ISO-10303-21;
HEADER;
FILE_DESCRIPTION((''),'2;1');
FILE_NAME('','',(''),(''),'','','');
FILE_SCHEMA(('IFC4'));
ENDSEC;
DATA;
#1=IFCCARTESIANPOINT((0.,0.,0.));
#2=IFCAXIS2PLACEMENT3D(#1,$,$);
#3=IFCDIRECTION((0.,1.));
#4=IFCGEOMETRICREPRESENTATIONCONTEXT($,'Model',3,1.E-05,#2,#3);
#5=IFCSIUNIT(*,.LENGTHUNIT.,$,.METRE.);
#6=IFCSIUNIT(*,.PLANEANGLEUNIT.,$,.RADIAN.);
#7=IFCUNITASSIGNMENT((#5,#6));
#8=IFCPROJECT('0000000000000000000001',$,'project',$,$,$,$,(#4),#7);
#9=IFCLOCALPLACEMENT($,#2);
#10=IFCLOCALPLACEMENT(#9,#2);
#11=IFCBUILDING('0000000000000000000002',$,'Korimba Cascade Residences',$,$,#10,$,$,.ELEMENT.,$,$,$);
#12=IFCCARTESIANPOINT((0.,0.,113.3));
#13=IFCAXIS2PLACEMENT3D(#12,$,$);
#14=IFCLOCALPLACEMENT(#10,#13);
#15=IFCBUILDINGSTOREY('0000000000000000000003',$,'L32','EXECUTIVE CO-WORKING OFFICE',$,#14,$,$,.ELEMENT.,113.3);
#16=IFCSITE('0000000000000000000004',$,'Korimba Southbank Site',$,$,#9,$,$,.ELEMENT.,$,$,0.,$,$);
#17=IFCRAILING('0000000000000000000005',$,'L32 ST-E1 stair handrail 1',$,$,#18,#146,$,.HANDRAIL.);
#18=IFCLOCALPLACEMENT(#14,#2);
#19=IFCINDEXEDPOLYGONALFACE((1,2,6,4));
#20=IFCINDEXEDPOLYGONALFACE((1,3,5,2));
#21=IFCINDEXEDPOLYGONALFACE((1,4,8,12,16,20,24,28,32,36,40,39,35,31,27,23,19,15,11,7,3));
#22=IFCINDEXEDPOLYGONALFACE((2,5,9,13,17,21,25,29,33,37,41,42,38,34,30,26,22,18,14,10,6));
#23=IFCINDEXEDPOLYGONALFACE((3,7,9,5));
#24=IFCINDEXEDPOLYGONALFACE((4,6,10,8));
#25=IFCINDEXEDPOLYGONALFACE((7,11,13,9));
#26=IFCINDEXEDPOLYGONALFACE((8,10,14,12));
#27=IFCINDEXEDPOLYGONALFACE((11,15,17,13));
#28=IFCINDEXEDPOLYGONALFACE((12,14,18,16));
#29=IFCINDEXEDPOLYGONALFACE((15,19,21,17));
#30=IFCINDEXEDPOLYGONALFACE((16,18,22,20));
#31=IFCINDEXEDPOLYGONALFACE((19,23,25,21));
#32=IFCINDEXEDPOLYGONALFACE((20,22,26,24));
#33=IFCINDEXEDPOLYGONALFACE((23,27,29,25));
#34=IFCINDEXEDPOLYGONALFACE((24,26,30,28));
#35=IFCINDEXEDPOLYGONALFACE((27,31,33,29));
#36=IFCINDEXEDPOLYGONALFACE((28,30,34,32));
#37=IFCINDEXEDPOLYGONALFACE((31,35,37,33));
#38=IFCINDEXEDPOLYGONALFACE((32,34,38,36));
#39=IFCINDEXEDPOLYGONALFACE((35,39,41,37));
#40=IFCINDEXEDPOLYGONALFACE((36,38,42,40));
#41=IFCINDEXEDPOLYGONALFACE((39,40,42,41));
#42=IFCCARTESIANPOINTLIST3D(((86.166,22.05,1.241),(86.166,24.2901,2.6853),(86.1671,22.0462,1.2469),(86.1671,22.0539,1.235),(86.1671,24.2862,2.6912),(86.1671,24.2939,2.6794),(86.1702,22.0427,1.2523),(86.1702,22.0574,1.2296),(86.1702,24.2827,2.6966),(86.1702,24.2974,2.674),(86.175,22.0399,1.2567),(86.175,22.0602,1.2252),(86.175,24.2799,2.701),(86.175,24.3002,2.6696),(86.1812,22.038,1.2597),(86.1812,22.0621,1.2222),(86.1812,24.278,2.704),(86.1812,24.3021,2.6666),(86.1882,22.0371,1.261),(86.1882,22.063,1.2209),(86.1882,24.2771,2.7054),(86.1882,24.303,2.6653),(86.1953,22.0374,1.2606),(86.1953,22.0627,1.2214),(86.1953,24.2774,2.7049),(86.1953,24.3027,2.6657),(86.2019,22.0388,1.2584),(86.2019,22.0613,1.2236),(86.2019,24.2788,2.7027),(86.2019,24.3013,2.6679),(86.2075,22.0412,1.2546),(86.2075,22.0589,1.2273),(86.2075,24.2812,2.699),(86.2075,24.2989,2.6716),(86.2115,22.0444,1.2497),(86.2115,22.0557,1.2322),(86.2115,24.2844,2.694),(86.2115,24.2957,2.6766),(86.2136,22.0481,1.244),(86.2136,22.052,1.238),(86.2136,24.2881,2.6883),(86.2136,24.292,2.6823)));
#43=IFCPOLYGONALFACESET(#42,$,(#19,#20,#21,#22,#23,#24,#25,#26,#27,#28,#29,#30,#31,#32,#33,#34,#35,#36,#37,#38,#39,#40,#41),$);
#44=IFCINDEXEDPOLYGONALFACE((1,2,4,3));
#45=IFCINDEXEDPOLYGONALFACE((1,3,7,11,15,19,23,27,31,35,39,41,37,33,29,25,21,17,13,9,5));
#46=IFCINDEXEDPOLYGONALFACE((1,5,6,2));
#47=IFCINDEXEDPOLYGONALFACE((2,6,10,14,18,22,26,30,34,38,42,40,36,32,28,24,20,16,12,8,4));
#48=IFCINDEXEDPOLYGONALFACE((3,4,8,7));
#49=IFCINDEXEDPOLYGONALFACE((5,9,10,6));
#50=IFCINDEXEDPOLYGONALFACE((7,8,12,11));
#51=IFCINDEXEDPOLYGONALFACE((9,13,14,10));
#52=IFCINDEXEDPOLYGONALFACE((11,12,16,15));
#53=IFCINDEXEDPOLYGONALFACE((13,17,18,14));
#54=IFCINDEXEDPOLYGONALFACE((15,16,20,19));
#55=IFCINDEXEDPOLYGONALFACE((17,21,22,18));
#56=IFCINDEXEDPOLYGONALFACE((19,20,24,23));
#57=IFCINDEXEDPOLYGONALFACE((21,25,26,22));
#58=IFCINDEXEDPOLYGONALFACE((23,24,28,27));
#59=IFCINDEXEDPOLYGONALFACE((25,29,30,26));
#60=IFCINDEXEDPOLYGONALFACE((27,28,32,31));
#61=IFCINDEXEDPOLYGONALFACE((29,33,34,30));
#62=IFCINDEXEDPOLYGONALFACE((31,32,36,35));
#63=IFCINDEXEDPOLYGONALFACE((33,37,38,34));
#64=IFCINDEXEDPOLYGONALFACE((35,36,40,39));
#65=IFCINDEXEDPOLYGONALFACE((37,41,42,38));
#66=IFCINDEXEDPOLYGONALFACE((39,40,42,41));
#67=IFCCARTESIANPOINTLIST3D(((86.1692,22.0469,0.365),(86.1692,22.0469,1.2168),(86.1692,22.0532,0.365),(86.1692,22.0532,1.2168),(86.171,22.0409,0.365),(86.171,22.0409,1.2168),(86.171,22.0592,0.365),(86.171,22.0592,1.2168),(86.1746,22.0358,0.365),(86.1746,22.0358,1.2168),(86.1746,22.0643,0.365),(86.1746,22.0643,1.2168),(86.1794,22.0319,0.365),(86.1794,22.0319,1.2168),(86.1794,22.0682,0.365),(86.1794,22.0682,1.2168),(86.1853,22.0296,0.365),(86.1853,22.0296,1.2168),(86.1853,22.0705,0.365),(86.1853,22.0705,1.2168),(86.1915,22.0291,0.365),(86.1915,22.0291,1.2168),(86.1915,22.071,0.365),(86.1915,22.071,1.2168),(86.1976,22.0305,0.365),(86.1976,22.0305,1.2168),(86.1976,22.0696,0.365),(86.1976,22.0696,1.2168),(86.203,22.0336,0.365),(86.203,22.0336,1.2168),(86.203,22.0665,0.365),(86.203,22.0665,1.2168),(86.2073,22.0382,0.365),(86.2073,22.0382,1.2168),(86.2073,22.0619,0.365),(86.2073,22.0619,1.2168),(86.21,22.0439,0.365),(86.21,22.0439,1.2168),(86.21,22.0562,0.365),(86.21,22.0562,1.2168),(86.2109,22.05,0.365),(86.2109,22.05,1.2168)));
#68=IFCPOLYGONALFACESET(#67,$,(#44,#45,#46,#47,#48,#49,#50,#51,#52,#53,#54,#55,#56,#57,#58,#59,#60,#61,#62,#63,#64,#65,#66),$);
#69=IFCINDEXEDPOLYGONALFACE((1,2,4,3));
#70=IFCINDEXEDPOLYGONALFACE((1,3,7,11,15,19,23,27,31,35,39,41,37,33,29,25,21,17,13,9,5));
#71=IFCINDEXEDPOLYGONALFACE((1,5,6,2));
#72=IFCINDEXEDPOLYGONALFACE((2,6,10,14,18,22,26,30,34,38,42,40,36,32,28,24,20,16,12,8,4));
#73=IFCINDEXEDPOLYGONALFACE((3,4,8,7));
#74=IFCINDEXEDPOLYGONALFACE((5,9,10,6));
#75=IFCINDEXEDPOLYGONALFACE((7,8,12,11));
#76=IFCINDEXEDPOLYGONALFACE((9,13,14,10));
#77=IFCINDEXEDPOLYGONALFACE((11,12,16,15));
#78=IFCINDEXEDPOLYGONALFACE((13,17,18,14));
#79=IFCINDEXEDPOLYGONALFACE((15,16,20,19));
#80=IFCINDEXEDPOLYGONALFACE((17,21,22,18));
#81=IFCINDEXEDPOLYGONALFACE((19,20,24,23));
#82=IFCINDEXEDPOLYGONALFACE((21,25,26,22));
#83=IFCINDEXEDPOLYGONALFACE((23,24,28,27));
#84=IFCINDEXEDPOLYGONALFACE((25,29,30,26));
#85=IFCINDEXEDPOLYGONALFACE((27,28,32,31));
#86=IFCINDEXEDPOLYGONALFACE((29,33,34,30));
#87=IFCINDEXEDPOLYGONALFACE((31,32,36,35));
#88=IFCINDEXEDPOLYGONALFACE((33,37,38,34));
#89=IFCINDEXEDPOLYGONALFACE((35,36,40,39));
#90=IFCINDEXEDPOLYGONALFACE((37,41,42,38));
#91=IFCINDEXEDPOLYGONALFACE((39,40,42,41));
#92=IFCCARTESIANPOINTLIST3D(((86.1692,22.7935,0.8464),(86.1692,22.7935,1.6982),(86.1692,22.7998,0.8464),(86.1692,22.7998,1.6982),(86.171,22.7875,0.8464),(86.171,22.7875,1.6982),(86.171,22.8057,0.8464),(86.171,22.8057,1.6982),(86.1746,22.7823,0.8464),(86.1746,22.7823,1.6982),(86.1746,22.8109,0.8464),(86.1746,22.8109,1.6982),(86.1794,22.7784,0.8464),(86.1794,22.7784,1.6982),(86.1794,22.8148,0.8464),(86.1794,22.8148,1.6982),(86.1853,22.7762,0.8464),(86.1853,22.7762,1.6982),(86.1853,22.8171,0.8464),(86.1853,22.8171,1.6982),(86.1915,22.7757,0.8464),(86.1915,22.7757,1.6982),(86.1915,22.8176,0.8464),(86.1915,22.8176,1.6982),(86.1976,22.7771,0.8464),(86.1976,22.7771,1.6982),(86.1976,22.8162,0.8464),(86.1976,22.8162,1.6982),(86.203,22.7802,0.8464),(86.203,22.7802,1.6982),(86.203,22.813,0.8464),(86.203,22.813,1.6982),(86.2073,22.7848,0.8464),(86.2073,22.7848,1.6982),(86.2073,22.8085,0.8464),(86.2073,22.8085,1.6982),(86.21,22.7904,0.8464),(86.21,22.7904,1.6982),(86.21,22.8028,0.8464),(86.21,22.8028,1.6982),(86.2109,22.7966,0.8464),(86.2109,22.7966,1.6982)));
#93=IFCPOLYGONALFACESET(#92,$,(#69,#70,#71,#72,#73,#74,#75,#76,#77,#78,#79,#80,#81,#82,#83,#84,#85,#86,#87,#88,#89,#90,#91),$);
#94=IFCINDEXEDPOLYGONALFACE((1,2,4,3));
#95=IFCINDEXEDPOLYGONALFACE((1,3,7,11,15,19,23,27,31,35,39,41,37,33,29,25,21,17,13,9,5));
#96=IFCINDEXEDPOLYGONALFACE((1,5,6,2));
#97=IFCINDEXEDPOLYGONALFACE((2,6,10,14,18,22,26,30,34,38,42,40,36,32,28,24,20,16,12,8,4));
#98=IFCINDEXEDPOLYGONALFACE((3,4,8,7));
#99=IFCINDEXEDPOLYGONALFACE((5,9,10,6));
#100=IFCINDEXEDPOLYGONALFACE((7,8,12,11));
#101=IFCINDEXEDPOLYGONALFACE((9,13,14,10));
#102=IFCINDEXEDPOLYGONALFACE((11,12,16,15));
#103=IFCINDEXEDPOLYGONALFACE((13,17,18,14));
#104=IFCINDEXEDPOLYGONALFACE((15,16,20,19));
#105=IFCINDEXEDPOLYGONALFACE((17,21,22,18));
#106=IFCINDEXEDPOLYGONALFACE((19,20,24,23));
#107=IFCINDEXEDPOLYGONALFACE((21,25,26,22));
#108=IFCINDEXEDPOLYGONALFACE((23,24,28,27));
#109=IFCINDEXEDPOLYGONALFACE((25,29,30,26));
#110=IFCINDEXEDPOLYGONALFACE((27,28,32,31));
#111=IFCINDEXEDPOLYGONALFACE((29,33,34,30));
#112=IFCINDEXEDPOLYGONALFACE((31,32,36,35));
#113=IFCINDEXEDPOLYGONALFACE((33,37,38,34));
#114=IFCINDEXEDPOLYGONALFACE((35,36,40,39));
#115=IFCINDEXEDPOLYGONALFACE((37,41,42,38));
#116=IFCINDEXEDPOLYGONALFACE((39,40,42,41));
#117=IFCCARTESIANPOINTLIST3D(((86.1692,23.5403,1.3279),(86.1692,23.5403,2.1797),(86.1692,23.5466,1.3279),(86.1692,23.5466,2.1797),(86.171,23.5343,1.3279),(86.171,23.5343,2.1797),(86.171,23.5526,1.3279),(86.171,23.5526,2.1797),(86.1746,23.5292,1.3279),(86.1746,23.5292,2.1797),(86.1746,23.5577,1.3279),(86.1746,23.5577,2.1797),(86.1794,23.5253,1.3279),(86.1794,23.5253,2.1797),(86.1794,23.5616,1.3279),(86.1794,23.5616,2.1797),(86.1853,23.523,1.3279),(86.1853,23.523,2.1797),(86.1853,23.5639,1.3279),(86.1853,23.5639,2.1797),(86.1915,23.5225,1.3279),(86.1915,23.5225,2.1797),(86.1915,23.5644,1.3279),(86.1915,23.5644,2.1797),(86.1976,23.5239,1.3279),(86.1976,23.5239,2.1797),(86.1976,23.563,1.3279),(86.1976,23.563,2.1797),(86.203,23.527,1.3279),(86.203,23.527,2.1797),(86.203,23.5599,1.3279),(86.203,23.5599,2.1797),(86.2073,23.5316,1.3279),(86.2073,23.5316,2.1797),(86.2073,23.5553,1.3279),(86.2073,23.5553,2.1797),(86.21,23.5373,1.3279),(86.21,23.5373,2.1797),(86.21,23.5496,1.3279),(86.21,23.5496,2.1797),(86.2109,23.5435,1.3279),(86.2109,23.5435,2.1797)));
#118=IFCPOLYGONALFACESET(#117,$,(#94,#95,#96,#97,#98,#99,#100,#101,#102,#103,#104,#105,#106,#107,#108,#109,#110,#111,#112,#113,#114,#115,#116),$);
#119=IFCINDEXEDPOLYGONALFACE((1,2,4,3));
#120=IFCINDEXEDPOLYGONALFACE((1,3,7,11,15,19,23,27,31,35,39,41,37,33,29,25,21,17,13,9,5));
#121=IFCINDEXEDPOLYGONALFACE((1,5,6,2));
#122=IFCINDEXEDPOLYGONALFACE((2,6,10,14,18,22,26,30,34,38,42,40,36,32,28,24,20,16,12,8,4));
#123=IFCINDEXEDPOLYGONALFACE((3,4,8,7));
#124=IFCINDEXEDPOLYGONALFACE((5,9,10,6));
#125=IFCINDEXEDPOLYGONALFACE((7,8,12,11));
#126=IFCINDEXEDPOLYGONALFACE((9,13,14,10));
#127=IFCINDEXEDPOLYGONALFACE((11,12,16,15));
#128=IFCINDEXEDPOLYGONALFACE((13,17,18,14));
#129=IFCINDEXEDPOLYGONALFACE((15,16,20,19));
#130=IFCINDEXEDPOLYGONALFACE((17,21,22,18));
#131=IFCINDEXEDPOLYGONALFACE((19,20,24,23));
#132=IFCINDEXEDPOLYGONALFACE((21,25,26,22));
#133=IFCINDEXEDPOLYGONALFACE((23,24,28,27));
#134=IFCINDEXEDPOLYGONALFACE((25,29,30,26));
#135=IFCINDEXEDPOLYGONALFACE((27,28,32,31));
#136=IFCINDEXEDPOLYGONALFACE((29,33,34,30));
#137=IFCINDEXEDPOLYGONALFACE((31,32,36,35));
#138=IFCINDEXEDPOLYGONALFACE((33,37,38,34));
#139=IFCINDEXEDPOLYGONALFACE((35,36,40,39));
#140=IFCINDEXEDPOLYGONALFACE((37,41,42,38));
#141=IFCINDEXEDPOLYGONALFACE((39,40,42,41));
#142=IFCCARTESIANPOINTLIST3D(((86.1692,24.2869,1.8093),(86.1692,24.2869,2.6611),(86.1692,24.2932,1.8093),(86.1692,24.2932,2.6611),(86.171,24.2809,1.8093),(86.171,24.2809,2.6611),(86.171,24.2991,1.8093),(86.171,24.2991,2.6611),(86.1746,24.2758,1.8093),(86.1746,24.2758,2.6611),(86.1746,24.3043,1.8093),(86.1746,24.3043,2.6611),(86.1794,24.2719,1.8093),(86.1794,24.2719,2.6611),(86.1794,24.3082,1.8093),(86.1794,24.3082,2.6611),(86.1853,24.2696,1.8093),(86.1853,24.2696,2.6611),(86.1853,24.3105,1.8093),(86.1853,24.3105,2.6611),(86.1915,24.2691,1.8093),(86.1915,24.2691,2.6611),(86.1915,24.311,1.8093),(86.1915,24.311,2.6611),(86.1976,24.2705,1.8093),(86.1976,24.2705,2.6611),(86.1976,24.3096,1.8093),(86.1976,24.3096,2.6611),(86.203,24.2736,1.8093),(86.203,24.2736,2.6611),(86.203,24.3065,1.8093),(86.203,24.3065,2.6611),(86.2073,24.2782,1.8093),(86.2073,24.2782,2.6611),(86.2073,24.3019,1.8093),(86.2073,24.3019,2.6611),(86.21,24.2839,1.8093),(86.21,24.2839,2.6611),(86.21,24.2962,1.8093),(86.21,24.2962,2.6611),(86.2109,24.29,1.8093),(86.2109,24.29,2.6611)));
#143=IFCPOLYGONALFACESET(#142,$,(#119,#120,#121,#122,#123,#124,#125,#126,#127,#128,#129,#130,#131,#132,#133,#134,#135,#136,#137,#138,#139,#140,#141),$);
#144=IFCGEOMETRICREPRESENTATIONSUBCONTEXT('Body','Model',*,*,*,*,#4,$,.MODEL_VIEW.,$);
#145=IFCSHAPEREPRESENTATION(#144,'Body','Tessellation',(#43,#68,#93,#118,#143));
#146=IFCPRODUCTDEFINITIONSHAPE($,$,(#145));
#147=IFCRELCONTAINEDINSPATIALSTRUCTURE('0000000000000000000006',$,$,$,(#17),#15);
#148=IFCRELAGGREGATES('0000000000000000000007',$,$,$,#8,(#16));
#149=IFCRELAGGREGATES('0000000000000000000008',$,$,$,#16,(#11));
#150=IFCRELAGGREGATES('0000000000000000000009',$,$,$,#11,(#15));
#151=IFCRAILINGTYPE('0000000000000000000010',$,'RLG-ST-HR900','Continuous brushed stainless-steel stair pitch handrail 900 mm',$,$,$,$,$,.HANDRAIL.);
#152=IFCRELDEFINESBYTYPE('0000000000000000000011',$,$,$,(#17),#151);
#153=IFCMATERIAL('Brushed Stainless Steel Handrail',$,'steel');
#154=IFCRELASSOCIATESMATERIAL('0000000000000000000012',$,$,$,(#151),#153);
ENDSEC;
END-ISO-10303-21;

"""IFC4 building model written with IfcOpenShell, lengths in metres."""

from ifc_helpers import new_model, si_unit, direction, frame, origin, origin_2d, place, context, subcontext, project, spatial, circle, extrude, material, type_object, element, save


model = new_model("IFC4")

# Units and contexts
model_context = context("Model", 3, precision=1e-05, world=origin(), true_north=direction((0.0, 1.0)))
body_context = subcontext(model_context, "Body", "Model", "MODEL_VIEW")
ifc_project = project(units=[si_unit("LENGTHUNIT", "METRE"), si_unit("PLANEANGLEUNIT", "RADIAN")], contexts=[model_context])

# Site, building, storey
site_placement = place(None, origin())
site = spatial("IfcSite", under=ifc_project, at=site_placement, Name="Korimba Southbank Site", CompositionType="ELEMENT", RefElevation=0.0)
building_placement = place(site_placement, origin())
building = spatial("IfcBuilding", under=site, at=building_placement, Name="Korimba Cascade Residences", CompositionType="ELEMENT")
storey_placement = place(building_placement, frame((0.0, 0.0, 113.3)))
storey = spatial("IfcBuildingStorey", under=building, at=storey_placement, Name="L32", Description="EXECUTIVE CO-WORKING OFFICE", CompositionType="ELEMENT", Elevation=113.3)

# Railing
ifc_material_1 = material(Name="Brushed Stainless Steel Handrail", Category="steel")
railing_type = type_object("IfcRailingType", Name="RLG-ST-HR900", Description="Continuous brushed stainless-steel stair pitch handrail 900 mm", PredefinedType="HANDRAIL", material=ifc_material_1)
railing_placement = place(storey_placement, frame((86.1899, 22.05, 0.365)))
element("IfcRailing", 1, at=railing_placement, inside=storey, type_object=railing_type, Name="L32 ST-E1 stair handrail 1", PredefinedType="HANDRAIL", context=body_context, shape_type="SweptSolid", body=[
    extrude(circle(Radius=0.0239, at=origin_2d()), frame((0.0, 0.0, 0.876), z_axis=(0.0, 0.840437, 0.54191), x_axis=(-1.0, 0.0, 0.0)), (0.0, 0.0, 1.0), 2.6653),
    extrude(circle(Radius=0.021, at=origin_2d()), origin(), (0.0, 0.0, 1.0), 0.8518),
    extrude(circle(Radius=0.021, at=origin_2d()), frame((0.0, 0.7466, 0.4814)), (0.0, 0.0, 1.0), 0.8518),
    extrude(circle(Radius=0.021, at=origin_2d()), frame((0.0, 1.4934, 0.9629)), (0.0, 0.0, 1.0), 0.8518),
    extrude(circle(Radius=0.021, at=origin_2d()), frame((0.0, 2.24, 1.4443)), (0.0, 0.0, 1.0), 0.8518),
])

save(model, "model.ifc")
